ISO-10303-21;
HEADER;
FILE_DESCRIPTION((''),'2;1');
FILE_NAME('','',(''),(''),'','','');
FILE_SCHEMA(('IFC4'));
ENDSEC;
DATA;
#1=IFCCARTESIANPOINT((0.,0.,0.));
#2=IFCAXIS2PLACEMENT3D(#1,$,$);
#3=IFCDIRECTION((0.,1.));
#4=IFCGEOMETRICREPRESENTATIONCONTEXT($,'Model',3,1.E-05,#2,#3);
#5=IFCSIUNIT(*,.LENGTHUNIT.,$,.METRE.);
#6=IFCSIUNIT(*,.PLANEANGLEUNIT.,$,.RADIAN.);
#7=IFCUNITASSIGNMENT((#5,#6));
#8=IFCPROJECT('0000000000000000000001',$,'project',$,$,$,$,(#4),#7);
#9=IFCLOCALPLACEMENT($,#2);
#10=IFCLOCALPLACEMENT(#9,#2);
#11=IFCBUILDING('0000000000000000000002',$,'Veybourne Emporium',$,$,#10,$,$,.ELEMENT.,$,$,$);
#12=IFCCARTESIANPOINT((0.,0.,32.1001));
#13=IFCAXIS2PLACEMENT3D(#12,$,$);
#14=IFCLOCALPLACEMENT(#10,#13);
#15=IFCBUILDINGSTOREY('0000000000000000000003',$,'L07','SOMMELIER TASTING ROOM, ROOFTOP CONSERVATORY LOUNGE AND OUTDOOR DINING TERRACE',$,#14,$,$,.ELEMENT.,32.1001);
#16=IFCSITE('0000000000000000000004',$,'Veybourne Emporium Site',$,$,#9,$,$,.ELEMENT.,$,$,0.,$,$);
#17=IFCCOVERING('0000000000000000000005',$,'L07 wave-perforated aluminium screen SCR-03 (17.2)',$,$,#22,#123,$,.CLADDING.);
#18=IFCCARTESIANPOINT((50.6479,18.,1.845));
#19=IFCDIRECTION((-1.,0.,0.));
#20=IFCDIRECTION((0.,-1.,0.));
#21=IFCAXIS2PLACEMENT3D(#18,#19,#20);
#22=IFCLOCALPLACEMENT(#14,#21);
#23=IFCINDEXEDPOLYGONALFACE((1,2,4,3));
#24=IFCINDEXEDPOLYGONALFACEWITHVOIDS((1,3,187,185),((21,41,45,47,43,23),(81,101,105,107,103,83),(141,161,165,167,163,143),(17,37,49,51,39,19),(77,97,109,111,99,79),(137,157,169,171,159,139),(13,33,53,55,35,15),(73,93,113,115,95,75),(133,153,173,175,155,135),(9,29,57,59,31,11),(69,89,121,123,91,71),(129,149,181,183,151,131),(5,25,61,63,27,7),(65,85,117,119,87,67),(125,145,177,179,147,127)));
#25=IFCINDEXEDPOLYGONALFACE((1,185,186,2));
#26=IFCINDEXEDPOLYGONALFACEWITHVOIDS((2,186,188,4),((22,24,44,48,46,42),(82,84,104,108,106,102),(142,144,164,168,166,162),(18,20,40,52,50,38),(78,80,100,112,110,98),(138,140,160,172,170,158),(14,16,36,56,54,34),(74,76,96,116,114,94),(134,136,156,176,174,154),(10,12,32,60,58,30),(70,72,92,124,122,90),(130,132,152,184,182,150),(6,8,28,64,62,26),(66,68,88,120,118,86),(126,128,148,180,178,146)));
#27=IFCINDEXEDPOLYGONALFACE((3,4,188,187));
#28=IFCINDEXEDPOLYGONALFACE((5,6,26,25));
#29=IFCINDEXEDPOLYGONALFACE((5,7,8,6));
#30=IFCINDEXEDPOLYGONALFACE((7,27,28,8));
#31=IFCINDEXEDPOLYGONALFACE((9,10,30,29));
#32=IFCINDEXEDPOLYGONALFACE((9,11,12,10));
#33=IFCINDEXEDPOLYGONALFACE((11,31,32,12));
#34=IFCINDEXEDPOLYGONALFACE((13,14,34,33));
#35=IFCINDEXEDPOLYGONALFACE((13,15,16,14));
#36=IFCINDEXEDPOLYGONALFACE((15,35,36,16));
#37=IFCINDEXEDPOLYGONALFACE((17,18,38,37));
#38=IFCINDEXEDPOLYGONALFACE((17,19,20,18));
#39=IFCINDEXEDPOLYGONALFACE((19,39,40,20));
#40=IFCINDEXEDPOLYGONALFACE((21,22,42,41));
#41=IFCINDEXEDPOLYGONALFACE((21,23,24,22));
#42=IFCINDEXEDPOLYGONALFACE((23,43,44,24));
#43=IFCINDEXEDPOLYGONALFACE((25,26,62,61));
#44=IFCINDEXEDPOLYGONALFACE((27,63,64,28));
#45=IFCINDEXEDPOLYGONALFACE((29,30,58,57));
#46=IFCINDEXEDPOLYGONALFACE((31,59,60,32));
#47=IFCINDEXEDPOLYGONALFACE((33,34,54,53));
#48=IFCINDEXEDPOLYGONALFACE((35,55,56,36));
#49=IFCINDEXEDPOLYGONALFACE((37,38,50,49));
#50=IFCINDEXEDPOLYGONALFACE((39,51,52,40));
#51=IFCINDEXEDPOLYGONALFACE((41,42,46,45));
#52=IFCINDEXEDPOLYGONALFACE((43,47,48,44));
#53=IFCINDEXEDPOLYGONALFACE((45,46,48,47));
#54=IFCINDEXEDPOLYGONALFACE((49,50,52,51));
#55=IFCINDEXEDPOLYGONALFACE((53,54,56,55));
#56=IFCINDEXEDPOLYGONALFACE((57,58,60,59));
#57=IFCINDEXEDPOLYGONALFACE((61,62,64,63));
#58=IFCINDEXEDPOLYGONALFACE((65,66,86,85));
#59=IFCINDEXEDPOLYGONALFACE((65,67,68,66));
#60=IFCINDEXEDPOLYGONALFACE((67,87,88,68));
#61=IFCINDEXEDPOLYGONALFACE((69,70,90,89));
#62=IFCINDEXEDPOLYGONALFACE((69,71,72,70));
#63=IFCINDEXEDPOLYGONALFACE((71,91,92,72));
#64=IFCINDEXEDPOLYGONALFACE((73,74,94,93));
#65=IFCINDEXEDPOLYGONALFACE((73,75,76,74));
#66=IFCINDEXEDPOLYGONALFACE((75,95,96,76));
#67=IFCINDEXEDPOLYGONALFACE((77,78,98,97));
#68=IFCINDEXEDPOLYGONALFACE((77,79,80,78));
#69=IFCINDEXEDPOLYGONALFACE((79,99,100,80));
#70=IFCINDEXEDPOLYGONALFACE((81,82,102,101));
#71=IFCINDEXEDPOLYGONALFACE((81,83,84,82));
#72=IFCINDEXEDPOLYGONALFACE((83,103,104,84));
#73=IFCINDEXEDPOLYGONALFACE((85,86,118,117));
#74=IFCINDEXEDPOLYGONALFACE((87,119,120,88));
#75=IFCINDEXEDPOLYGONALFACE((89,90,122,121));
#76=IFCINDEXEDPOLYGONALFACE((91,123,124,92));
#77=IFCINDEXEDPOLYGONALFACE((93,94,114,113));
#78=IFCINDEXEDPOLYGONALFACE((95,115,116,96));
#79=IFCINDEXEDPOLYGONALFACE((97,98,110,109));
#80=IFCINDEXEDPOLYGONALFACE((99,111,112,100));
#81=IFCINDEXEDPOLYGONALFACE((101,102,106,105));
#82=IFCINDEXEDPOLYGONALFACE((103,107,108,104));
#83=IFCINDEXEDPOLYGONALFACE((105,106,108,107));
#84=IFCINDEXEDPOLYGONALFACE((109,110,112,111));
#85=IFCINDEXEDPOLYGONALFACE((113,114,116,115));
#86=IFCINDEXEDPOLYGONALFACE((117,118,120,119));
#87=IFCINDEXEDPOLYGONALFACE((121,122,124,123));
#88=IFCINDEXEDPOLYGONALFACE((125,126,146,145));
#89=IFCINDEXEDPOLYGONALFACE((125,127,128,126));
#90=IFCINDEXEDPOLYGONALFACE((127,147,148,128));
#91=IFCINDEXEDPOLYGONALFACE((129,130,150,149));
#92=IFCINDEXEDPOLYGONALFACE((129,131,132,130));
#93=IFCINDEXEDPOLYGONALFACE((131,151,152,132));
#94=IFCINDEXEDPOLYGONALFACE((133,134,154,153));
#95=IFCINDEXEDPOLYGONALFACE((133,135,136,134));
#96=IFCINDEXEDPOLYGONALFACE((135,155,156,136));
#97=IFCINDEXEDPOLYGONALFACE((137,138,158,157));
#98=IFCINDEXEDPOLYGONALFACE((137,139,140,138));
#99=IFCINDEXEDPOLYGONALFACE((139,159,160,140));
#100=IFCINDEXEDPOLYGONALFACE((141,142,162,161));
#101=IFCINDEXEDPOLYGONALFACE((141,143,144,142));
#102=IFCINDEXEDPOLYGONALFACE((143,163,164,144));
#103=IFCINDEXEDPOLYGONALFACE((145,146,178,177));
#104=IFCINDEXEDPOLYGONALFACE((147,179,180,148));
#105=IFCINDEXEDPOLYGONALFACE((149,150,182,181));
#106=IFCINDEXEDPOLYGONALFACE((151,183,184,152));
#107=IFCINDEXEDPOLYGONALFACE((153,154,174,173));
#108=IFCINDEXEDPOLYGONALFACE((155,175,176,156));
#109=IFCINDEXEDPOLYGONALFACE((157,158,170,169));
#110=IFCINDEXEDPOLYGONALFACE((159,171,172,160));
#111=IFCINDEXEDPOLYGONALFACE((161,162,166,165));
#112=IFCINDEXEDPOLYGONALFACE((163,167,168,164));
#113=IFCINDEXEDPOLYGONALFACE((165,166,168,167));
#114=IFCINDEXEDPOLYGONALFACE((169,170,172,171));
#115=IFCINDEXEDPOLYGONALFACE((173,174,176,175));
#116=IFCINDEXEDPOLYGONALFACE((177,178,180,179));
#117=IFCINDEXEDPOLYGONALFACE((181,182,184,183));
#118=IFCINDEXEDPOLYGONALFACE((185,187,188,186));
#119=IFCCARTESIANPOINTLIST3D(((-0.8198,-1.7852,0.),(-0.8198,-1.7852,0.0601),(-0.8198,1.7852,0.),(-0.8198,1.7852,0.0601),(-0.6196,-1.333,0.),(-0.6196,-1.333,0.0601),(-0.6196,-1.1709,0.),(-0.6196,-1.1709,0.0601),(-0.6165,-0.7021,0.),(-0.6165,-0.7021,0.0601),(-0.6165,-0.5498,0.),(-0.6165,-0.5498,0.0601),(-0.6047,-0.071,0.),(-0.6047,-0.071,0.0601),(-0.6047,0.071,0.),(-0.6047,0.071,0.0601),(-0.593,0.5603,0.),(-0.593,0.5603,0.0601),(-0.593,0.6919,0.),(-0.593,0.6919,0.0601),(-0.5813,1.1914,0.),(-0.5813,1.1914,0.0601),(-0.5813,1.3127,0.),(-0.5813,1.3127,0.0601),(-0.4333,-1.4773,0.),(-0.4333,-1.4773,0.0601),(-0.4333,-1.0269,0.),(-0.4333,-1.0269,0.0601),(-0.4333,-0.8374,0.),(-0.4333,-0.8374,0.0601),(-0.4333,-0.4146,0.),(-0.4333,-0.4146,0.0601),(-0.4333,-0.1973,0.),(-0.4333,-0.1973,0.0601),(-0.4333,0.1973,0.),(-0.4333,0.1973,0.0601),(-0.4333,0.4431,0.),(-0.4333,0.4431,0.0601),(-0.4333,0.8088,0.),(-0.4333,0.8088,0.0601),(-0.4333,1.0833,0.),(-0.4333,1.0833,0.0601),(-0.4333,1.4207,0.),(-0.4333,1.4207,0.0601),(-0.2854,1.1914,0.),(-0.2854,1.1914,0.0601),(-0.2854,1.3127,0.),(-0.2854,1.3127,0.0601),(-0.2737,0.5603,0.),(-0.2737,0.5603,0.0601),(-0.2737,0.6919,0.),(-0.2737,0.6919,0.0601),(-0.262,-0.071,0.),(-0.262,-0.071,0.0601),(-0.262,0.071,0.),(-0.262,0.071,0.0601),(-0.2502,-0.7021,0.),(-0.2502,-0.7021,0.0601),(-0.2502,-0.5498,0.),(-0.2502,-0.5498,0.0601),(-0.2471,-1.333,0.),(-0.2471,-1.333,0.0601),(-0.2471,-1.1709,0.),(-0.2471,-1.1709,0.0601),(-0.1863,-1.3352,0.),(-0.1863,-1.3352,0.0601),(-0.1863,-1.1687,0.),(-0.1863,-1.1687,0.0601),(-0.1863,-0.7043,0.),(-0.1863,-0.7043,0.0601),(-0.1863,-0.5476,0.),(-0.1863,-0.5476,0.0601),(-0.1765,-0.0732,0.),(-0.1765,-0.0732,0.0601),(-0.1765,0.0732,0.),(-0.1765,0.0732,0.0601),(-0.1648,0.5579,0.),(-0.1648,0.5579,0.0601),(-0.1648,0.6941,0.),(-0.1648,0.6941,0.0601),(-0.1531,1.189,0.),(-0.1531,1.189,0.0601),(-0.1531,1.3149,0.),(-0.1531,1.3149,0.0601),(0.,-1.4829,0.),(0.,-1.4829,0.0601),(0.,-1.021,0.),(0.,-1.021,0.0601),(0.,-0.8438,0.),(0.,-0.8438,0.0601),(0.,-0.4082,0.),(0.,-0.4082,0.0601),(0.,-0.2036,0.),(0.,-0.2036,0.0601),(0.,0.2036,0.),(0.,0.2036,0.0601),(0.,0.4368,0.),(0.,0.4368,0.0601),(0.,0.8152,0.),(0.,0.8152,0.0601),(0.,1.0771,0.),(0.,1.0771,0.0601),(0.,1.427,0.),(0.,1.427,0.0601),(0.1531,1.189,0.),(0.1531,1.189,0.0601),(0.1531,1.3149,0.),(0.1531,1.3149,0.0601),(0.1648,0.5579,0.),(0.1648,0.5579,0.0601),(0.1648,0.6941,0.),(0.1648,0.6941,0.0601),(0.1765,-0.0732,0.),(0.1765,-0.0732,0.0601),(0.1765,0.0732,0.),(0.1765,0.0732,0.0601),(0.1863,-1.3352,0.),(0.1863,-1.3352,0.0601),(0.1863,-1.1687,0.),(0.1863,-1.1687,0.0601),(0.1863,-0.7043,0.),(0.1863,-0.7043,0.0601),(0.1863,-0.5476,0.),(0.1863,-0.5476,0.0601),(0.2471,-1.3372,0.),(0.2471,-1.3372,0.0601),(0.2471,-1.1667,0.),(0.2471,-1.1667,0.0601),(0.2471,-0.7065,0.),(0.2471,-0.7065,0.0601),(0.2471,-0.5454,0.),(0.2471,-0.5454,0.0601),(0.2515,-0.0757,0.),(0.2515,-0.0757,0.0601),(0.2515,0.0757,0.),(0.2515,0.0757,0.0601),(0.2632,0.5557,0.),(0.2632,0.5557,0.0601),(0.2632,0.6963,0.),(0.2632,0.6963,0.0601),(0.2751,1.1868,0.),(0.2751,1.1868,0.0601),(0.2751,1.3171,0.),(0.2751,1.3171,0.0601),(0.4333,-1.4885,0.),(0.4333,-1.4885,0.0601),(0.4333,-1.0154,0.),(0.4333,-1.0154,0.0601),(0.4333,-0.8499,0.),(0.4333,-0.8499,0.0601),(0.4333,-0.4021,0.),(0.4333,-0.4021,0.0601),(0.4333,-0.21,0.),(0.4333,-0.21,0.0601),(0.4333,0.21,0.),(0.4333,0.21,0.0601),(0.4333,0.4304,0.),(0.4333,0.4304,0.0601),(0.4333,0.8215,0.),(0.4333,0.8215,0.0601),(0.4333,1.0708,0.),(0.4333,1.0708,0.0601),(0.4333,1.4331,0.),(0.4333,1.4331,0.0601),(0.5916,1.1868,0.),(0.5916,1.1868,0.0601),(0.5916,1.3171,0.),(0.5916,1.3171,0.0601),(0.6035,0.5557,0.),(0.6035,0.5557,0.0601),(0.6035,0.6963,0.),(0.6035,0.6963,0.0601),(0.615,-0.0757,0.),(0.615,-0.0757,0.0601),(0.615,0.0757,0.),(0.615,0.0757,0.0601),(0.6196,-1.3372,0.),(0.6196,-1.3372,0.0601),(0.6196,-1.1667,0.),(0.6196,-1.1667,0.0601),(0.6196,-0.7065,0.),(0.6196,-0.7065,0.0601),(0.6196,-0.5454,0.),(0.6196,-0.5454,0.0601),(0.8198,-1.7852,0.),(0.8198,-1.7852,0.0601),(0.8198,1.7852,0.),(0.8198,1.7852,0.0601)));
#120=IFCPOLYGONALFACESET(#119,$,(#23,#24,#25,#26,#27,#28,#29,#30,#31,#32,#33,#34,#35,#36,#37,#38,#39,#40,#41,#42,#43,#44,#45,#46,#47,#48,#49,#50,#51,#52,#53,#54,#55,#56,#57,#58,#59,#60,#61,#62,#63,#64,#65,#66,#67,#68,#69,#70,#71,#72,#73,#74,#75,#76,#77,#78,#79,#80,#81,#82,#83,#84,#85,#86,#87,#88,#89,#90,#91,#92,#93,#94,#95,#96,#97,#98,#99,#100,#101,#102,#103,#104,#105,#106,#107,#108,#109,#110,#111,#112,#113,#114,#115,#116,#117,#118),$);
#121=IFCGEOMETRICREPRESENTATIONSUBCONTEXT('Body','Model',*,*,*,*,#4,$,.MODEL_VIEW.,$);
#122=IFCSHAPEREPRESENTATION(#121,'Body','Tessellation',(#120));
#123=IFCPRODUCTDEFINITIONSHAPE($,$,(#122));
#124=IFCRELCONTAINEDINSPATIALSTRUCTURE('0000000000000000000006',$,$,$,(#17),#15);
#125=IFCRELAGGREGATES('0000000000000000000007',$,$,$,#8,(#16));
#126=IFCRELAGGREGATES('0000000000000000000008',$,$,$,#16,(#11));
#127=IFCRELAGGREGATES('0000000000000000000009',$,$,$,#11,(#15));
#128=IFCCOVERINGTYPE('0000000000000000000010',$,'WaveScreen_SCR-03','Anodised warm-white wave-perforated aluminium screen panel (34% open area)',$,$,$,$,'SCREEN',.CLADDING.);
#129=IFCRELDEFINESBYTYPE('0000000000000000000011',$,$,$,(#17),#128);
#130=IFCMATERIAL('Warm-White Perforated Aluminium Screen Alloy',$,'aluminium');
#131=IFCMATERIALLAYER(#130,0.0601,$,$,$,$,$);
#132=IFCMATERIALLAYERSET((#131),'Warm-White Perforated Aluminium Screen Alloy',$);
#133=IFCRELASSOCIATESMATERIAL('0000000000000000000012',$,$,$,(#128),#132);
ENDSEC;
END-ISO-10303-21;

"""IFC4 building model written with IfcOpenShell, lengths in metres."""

from ifc_helpers import new_model, si_unit, direction, frame, origin, place, context, subcontext, project, spatial, polyline, outline, extrude, material, layer, layer_set, type_object, element, save


model = new_model("IFC4")

# Units and contexts
model_context = context("Model", 3, precision=1e-05, world=origin(), true_north=direction((0.0, 1.0)))
body_context = subcontext(model_context, "Body", "Model", "MODEL_VIEW")
ifc_project = project(units=[si_unit("LENGTHUNIT", "METRE"), si_unit("PLANEANGLEUNIT", "RADIAN")], contexts=[model_context])

# Site, building, storey
site_placement = place(None, origin())
site = spatial("IfcSite", under=ifc_project, at=site_placement, Name="Veybourne Emporium Site", CompositionType="ELEMENT", RefElevation=0.0)
building_placement = place(site_placement, origin())
building = spatial("IfcBuilding", under=site, at=building_placement, Name="Veybourne Emporium", CompositionType="ELEMENT")
storey_placement = place(building_placement, frame((0.0, 0.0, 32.1001)))
storey = spatial("IfcBuildingStorey", under=building, at=storey_placement, Name="L07", Description="SOMMELIER TASTING ROOM, ROOFTOP CONSERVATORY LOUNGE AND OUTDOOR DINING TERRACE", CompositionType="ELEMENT", Elevation=32.1001)

# Covering
ifc_material_1 = material(Name="Warm-White Perforated Aluminium Screen Alloy", Category="aluminium")
ifc_layer_1 = layer(ifc_material_1, 0.0601)
ifc_layer_set_1 = layer_set([ifc_layer_1], Name="Warm-White Perforated Aluminium Screen Alloy")
covering_type_1 = type_object("IfcCoveringType", Name="WaveScreen_SCR-03", Description="Anodised warm-white wave-perforated aluminium screen panel (34% open area)", ElementType="SCREEN", PredefinedType="CLADDING", material=ifc_layer_set_1)
covering_1_placement = place(storey_placement, frame((50.6479, 18.0, 1.845), z_axis=(-1.0, 0.0, 0.0), x_axis=(0.0, -1.0, 0.0)))
element("IfcCovering", 1, at=covering_1_placement, inside=storey, type_object=covering_type_1, Name="L07 wave-perforated aluminium screen SCR-03 (17.2)", PredefinedType="CLADDING", context=body_context, shape_type="SweptSolid", body=[
    extrude(outline(polyline([(-0.8198, -1.7852), (0.8198, -1.7852), (0.8198, 1.7852), (-0.8198, 1.7852), (-0.8198, -1.7852)]), holes=[polyline([(-0.4333, -1.0269), (-0.2471, -1.1709), (-0.2471, -1.333), (-0.4333, -1.4773), (-0.6196, -1.333), (-0.6196, -1.1709), (-0.4333, -1.0269)]), polyline([(-0.4333, -0.4146), (-0.2502, -0.5498), (-0.2502, -0.7021), (-0.4333, -0.8374), (-0.6165, -0.7021), (-0.6165, -0.5498), (-0.4333, -0.4146)]), polyline([(-0.4333, 0.1973), (-0.262, 0.071), (-0.262, -0.071), (-0.4333, -0.1973), (-0.6047, -0.071), (-0.6047, 0.071), (-0.4333, 0.1973)]), polyline([(-0.4333, 0.8088), (-0.2737, 0.6919), (-0.2737, 0.5603), (-0.4333, 0.4431), (-0.593, 0.5603), (-0.593, 0.6919), (-0.4333, 0.8088)]), polyline([(-0.4333, 1.4207), (-0.2854, 1.3127), (-0.2854, 1.1914), (-0.4333, 1.0833), (-0.5813, 1.1914), (-0.5813, 1.3127), (-0.4333, 1.4207)]), polyline([(0.0, -1.021), (0.1863, -1.1687), (0.1863, -1.3352), (0.0, -1.4829), (-0.1863, -1.3352), (-0.1863, -1.1687), (0.0, -1.021)]), polyline([(0.0, -0.4082), (0.1863, -0.5476), (0.1863, -0.7043), (0.0, -0.8438), (-0.1863, -0.7043), (-0.1863, -0.5476), (0.0, -0.4082)]), polyline([(0.0, 0.2036), (0.1765, 0.0732), (0.1765, -0.0732), (0.0, -0.2036), (-0.1765, -0.0732), (-0.1765, 0.0732), (0.0, 0.2036)]), polyline([(0.0, 0.8152), (0.1648, 0.6941), (0.1648, 0.5579), (0.0, 0.4368), (-0.1648, 0.5579), (-0.1648, 0.6941), (0.0, 0.8152)]), polyline([(0.0, 1.427), (0.1531, 1.3149), (0.1531, 1.189), (0.0, 1.0771), (-0.1531, 1.189), (-0.1531, 1.3149), (0.0, 1.427)]), polyline([(0.4333, -1.0154), (0.6196, -1.1667), (0.6196, -1.3372), (0.4333, -1.4885), (0.2471, -1.3372), (0.2471, -1.1667), (0.4333, -1.0154)]), polyline([(0.4333, -0.4021), (0.6196, -0.5454), (0.6196, -0.7065), (0.4333, -0.8499), (0.2471, -0.7065), (0.2471, -0.5454), (0.4333, -0.4021)]), polyline([(0.4333, 0.21), (0.615, 0.0757), (0.615, -0.0757), (0.4333, -0.21), (0.2515, -0.0757), (0.2515, 0.0757), (0.4333, 0.21)]), polyline([(0.4333, 0.8215), (0.6035, 0.6963), (0.6035, 0.5557), (0.4333, 0.4304), (0.2632, 0.5557), (0.2632, 0.6963), (0.4333, 0.8215)]), polyline([(0.4333, 1.4331), (0.5916, 1.3171), (0.5916, 1.1868), (0.4333, 1.0708), (0.2751, 1.1868), (0.2751, 1.3171), (0.4333, 1.4331)])]), origin(), (0.0, 0.0, 1.0), 0.0601),
])

save(model, "model.ifc")
